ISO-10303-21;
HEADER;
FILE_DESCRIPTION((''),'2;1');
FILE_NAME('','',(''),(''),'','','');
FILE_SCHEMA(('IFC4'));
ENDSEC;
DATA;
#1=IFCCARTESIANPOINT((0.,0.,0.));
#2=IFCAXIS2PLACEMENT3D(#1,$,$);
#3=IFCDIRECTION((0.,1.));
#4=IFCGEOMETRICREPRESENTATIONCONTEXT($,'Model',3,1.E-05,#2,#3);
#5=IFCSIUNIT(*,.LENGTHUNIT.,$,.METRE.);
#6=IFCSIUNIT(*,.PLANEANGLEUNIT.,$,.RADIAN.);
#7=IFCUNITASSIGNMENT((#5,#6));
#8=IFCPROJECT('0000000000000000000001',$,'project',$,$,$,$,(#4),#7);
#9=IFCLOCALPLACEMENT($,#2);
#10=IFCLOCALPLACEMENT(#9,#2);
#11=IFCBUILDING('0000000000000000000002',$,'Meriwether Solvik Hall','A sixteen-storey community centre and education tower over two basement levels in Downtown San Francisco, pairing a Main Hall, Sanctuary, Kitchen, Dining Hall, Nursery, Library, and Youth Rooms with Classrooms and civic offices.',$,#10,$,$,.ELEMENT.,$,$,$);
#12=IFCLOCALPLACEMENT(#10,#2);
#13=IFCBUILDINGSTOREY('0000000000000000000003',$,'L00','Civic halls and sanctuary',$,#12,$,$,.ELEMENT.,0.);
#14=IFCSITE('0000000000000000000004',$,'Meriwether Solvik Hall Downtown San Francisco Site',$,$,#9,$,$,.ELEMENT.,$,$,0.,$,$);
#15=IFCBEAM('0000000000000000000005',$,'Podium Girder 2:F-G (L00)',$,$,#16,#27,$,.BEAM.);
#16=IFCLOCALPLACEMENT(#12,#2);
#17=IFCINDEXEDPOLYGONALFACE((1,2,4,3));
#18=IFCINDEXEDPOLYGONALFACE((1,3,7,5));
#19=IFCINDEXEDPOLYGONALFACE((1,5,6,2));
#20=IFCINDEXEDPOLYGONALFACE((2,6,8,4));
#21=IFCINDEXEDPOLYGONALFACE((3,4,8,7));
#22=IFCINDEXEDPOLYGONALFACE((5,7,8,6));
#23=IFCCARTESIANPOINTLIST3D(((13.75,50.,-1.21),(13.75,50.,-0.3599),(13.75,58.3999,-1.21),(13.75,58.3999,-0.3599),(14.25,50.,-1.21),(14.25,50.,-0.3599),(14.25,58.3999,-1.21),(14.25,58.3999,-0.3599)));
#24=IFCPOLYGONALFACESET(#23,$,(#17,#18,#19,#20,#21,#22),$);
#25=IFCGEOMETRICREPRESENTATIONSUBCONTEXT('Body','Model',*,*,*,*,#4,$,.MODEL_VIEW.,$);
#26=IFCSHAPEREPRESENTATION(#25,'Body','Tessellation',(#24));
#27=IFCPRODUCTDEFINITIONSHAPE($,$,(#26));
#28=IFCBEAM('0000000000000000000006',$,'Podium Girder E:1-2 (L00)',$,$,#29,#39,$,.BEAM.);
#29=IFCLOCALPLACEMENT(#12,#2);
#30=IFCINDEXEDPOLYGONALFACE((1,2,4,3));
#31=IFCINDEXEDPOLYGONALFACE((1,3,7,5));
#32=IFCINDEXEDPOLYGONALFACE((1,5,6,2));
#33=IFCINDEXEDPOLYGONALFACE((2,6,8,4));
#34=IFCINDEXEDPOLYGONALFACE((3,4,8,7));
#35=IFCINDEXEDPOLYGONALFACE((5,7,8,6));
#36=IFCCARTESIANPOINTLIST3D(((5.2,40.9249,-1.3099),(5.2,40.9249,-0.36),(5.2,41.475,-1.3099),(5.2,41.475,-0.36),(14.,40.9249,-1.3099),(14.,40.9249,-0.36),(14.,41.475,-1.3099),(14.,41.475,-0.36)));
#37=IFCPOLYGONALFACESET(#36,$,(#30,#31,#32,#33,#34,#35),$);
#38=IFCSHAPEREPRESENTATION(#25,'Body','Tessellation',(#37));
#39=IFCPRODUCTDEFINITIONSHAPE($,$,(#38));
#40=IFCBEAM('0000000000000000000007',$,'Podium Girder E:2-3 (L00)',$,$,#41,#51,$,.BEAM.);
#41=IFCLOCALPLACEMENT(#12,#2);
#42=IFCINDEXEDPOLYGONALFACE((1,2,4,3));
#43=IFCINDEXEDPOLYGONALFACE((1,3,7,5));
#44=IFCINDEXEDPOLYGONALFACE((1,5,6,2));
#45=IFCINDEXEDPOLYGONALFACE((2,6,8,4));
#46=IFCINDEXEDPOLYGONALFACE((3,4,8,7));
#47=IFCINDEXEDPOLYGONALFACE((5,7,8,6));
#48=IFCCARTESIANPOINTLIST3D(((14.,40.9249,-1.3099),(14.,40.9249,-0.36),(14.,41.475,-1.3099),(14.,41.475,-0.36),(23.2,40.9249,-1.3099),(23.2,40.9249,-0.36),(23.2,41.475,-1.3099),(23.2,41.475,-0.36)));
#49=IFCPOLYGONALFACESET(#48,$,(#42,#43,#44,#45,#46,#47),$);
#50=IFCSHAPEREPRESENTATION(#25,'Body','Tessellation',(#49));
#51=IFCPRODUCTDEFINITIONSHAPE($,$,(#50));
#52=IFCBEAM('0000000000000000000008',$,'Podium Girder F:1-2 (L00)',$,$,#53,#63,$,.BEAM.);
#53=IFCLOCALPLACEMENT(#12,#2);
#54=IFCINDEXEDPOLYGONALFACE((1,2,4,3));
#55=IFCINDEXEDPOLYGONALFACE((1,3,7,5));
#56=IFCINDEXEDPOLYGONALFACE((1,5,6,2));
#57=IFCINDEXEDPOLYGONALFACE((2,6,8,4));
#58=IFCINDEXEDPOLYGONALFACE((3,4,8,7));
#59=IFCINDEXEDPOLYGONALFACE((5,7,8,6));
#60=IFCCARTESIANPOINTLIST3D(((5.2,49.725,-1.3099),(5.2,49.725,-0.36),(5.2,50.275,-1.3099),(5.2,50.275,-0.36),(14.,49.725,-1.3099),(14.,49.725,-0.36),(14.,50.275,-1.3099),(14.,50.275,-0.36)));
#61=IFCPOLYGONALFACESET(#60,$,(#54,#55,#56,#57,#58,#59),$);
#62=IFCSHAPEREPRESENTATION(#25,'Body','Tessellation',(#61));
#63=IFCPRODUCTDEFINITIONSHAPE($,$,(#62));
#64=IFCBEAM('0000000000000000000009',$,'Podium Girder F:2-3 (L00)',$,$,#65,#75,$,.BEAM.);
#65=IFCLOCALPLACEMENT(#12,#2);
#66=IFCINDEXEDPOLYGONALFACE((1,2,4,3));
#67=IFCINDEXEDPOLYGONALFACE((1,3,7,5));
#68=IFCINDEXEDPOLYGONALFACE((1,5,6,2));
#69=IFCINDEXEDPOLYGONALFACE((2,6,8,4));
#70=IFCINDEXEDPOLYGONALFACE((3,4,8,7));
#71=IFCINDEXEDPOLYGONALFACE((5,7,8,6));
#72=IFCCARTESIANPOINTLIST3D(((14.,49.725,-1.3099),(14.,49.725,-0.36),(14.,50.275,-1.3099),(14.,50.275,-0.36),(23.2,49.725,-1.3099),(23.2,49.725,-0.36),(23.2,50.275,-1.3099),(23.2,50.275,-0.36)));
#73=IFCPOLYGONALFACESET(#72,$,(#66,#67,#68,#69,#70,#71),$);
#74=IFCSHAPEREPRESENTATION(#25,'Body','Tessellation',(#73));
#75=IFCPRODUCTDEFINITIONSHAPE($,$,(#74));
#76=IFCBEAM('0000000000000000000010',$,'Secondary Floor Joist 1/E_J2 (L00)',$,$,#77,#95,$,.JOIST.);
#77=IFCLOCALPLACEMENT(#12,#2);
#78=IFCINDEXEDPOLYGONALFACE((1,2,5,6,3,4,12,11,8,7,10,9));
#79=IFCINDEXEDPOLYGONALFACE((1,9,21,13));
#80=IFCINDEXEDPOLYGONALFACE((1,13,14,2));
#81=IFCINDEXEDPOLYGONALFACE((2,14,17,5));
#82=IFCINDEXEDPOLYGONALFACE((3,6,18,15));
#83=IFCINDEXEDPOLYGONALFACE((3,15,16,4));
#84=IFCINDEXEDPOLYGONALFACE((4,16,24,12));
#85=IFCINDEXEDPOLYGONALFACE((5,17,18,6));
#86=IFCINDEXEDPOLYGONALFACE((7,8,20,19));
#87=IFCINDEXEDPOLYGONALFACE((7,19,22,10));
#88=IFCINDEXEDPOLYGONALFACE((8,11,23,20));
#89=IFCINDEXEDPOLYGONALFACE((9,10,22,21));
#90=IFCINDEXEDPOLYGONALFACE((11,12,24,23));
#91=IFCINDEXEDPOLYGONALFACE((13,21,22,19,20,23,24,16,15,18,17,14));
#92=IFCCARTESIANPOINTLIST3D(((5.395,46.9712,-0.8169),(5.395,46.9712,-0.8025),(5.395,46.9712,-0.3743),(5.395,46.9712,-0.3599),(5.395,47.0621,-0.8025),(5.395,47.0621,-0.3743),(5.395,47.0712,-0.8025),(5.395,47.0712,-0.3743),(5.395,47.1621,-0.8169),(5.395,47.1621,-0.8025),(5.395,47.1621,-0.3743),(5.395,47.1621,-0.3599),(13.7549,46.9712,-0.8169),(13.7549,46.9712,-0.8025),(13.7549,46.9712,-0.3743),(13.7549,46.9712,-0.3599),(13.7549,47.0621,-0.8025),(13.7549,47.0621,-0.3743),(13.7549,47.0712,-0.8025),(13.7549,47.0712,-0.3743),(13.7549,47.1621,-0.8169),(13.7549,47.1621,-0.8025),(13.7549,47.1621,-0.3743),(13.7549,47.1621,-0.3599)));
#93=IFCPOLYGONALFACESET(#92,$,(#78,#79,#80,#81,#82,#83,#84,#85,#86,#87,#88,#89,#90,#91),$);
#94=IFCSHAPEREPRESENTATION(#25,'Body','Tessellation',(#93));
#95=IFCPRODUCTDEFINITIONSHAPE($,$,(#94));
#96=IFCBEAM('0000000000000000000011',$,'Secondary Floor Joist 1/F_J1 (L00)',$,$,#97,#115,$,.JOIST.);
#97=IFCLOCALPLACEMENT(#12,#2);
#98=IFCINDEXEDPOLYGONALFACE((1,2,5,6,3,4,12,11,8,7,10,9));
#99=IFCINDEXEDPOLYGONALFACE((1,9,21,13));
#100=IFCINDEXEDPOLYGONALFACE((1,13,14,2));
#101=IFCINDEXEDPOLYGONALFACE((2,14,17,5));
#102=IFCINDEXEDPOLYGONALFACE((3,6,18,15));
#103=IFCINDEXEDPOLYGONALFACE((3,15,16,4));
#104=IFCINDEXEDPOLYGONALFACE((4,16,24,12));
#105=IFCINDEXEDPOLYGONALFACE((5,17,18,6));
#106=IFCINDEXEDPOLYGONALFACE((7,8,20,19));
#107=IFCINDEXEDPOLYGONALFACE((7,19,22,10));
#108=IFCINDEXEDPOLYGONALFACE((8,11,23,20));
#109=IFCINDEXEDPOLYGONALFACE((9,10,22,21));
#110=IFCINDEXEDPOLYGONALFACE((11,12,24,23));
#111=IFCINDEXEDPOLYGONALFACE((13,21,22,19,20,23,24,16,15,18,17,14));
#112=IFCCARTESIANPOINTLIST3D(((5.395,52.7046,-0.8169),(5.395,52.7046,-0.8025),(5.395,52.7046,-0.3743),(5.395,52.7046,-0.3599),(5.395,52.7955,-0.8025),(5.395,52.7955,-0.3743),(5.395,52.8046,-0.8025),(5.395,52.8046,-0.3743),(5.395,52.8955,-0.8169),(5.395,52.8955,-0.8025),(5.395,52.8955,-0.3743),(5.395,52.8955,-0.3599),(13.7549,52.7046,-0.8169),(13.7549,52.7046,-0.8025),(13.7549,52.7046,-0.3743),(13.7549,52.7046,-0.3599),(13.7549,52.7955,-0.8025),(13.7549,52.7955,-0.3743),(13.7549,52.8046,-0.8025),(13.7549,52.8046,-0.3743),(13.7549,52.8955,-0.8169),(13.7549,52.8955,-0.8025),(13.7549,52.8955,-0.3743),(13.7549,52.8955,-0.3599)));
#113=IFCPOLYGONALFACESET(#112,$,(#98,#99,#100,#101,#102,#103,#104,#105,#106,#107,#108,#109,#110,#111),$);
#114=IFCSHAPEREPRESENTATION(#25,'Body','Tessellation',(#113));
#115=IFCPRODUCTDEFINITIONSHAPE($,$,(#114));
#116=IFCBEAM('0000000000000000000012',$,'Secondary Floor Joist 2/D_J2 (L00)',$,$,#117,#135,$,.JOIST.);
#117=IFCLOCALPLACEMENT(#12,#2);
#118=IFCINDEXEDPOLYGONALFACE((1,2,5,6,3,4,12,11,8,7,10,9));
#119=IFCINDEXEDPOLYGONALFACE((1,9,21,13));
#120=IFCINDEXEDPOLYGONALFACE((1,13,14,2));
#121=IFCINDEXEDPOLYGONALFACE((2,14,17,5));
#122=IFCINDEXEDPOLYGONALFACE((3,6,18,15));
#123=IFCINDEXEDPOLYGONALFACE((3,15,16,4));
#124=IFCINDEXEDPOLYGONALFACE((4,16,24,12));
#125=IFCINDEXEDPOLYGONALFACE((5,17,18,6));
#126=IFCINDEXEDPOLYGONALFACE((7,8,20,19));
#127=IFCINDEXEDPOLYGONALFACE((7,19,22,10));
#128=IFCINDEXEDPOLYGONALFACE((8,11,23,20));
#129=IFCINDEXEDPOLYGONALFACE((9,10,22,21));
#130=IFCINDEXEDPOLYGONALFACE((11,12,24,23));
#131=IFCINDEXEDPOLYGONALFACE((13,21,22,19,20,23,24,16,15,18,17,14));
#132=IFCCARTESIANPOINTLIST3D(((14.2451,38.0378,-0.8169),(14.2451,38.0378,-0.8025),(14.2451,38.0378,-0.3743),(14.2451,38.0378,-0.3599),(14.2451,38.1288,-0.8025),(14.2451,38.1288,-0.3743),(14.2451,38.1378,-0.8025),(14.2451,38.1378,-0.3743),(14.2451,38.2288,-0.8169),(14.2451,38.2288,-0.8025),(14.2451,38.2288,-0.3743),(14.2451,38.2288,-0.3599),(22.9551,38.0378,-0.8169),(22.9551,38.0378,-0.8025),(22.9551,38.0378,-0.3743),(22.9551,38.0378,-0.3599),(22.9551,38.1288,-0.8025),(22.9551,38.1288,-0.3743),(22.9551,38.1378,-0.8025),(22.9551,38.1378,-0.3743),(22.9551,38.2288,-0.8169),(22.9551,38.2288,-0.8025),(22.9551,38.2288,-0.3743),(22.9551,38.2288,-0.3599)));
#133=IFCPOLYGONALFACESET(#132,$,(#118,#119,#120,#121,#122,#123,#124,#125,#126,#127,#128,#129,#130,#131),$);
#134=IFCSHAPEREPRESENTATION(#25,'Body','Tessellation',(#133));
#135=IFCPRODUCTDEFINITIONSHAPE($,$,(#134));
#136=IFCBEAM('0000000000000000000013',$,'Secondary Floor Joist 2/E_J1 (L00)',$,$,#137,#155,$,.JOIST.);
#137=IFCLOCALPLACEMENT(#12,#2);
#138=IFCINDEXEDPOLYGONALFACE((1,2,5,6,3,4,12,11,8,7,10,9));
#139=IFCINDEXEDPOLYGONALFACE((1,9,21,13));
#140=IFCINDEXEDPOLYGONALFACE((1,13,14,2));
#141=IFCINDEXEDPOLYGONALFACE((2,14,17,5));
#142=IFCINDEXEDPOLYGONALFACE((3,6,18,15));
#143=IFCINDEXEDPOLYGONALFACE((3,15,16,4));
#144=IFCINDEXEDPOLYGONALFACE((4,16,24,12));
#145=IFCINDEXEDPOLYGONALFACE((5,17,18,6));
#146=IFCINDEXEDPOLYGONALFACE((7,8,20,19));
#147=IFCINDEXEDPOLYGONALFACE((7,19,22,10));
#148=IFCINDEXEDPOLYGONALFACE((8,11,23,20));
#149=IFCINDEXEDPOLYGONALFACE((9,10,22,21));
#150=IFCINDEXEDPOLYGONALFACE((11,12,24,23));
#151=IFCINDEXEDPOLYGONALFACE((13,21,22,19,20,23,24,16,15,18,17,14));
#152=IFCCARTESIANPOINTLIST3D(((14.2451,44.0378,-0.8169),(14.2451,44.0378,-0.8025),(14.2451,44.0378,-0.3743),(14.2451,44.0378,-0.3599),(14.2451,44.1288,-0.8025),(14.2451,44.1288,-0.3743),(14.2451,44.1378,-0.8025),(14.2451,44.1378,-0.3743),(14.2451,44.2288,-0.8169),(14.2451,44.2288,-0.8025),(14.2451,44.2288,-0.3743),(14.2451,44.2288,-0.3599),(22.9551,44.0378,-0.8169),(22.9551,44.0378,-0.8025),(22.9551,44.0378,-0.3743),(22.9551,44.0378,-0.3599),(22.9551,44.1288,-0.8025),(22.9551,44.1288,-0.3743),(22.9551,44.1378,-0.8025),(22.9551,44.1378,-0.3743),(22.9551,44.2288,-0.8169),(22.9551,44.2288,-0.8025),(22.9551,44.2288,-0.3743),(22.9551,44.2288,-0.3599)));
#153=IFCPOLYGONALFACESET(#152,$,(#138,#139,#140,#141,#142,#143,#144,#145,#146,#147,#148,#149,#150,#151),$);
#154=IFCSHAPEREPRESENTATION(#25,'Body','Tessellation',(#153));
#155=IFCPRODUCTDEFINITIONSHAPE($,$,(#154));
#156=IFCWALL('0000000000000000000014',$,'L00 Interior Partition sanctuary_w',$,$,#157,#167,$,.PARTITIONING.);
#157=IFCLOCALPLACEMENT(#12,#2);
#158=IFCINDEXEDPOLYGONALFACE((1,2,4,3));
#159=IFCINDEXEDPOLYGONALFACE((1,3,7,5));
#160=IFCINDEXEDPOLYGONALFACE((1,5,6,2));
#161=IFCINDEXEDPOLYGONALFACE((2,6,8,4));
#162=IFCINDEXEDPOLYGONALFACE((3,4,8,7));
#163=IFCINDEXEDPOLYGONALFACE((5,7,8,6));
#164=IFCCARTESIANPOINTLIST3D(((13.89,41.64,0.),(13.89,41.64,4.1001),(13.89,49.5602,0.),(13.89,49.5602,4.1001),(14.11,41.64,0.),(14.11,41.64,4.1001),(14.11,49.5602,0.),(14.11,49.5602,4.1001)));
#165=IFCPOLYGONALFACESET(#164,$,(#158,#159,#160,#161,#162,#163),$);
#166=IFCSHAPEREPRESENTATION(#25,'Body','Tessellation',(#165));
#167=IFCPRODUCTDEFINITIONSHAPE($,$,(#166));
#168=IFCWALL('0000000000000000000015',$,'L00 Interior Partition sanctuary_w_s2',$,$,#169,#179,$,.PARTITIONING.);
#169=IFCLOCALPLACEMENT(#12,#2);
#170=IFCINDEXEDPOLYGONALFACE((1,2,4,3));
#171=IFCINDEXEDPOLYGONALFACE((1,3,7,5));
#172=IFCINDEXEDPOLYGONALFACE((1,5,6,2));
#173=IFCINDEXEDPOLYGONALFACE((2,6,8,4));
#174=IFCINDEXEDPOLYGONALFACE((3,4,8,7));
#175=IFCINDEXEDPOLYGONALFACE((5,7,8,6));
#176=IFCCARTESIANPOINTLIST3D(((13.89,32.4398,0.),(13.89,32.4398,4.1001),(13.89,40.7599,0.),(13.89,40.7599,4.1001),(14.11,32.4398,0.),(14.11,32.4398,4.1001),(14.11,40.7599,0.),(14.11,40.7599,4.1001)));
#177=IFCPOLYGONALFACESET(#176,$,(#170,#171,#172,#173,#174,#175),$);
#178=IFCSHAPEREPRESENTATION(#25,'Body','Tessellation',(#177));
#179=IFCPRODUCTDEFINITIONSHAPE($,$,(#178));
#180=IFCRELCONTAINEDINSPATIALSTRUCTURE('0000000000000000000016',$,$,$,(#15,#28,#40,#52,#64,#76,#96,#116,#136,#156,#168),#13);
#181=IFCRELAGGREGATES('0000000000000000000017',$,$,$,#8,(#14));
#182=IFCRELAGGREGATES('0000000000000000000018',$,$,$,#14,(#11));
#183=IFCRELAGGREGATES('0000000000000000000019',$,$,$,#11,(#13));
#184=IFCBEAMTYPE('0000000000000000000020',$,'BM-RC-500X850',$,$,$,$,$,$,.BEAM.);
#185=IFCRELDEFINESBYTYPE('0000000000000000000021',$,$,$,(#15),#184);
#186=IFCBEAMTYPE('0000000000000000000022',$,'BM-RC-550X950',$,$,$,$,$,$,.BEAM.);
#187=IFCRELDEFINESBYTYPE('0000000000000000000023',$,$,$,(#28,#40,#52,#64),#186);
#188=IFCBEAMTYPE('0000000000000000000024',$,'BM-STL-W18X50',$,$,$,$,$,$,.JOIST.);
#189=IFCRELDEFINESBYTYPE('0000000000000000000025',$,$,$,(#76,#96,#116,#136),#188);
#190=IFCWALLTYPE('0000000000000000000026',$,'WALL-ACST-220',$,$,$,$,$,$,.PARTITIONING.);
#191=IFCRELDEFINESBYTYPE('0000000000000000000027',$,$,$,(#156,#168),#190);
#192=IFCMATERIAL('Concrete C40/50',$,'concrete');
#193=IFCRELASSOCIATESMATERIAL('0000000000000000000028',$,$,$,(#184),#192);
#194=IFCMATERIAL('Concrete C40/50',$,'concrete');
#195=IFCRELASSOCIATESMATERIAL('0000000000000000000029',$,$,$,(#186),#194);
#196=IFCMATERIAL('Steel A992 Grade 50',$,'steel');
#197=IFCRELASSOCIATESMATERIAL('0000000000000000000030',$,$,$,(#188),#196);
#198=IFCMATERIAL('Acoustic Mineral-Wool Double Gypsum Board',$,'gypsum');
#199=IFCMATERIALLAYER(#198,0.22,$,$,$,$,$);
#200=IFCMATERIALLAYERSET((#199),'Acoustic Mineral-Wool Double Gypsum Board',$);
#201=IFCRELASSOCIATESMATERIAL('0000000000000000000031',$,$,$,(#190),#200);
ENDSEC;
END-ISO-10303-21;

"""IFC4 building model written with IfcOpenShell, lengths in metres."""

from ifc_helpers import new_model, si_unit, direction, frame, frame_2d, origin, origin_2d, place, context, subcontext, project, spatial, rectangle, i_section, extrude, material, layer, layer_set, material_profile, profile_set, type_object, element, save


model = new_model("IFC4")

# Units and contexts
model_context = context("Model", 3, precision=1e-05, world=origin(), true_north=direction((0.0, 1.0)))
body_context = subcontext(model_context, "Body", "Model", "MODEL_VIEW")
ifc_project = project(units=[si_unit("LENGTHUNIT", "METRE"), si_unit("PLANEANGLEUNIT", "RADIAN")], contexts=[model_context])

# Site, building, storey
site_placement = place(None, origin())
site = spatial("IfcSite", under=ifc_project, at=site_placement, Name="Meriwether Solvik Hall Downtown San Francisco Site", CompositionType="ELEMENT", RefElevation=0.0)
building_placement = place(site_placement, origin())
building = spatial("IfcBuilding", under=site, at=building_placement, Name="Meriwether Solvik Hall", Description="A sixteen-storey community centre and education tower over two basement levels in Downtown San Francisco, pairing a Main Hall, Sanctuary, Kitchen, Dining Hall, Nursery, Library, and Youth Rooms with Classrooms and civic offices.", CompositionType="ELEMENT")
storey_placement = place(building_placement, origin())
storey = spatial("IfcBuildingStorey", under=building, at=storey_placement, Name="L00", Description="Civic halls and sanctuary", CompositionType="ELEMENT", Elevation=0.0)

# Beams
ifc_material_1 = material(Name="Concrete C40/50", Category="concrete")
ifc_material_profile_1 = material_profile(ifc_material_1, rectangle(XDim=0.5, YDim=0.8501, at=origin_2d()), Name="RCB-500X850")
ifc_profile_set_1 = profile_set([ifc_material_profile_1], Name="Concrete C40/50")
beam_type_1 = type_object("IfcBeamType", Name="BM-RC-500X850", PredefinedType="BEAM", material=ifc_profile_set_1)
beam_1_placement = place(storey_placement, frame((14.0, 50.0, -0.7849), z_axis=(0.0, 1.0, 0.0), x_axis=(-1.0, 0.0, 0.0)))
element("IfcBeam", 1, at=beam_1_placement, inside=storey, type_object=beam_type_1, Name="Podium Girder 2:F-G (L00)", PredefinedType="BEAM", context=body_context, shape_type="SweptSolid", body=[
    extrude(rectangle(XDim=0.5, YDim=0.8501, at=origin_2d()), origin(), (0.0, 0.0, 1.0), 8.3999),
])
ifc_material_2 = material(Name="Concrete C40/50", Category="concrete")
ifc_material_profile_2 = material_profile(ifc_material_2, rectangle(XDim=0.55, YDim=0.95, at=origin_2d()), Name="RCB-550X950")
ifc_profile_set_2 = profile_set([ifc_material_profile_2], Name="Concrete C40/50")
beam_type_2 = type_object("IfcBeamType", Name="BM-RC-550X950", PredefinedType="BEAM", material=ifc_profile_set_2)
beam_2_placement = place(storey_placement, frame((5.2, 41.2, -0.835), z_axis=(1.0, 0.0, 0.0), x_axis=(0.0, 1.0, 0.0)))
element("IfcBeam", 2, at=beam_2_placement, inside=storey, type_object=beam_type_2, Name="Podium Girder E:1-2 (L00)", PredefinedType="BEAM", context=body_context, shape_type="SweptSolid", body=[
    extrude(rectangle(XDim=0.55, YDim=0.95, at=origin_2d()), origin(), (0.0, 0.0, 1.0), 8.8),
])
beam_3_placement = place(storey_placement, frame((14.0, 41.2, -0.835), z_axis=(1.0, 0.0, 0.0), x_axis=(0.0, 1.0, 0.0)))
element("IfcBeam", 3, at=beam_3_placement, inside=storey, type_object=beam_type_2, Name="Podium Girder E:2-3 (L00)", PredefinedType="BEAM", context=body_context, shape_type="SweptSolid", body=[
    extrude(rectangle(XDim=0.55, YDim=0.95, at=origin_2d()), origin(), (0.0, 0.0, 1.0), 9.2),
])
beam_4_placement = place(storey_placement, frame((5.2, 50.0, -0.835), z_axis=(1.0, 0.0, 0.0), x_axis=(0.0, 1.0, 0.0)))
element("IfcBeam", 4, at=beam_4_placement, inside=storey, type_object=beam_type_2, Name="Podium Girder F:1-2 (L00)", PredefinedType="BEAM", context=body_context, shape_type="SweptSolid", body=[
    extrude(rectangle(XDim=0.55, YDim=0.95, at=origin_2d()), origin(), (0.0, 0.0, 1.0), 8.8),
])
beam_5_placement = place(storey_placement, frame((14.0, 50.0, -0.835), z_axis=(1.0, 0.0, 0.0), x_axis=(0.0, 1.0, 0.0)))
element("IfcBeam", 5, at=beam_5_placement, inside=storey, type_object=beam_type_2, Name="Podium Girder F:2-3 (L00)", PredefinedType="BEAM", context=body_context, shape_type="SweptSolid", body=[
    extrude(rectangle(XDim=0.55, YDim=0.95, at=origin_2d()), origin(), (0.0, 0.0, 1.0), 9.2),
])
ifc_material_3 = material(Name="Steel A992 Grade 50", Category="steel")
ifc_material_profile_3 = material_profile(ifc_material_3, i_section(OverallWidth=0.1909, OverallDepth=0.457, WebThickness=0.009, FlangeThickness=0.0144, at=origin_2d()), Name="W18X50")
ifc_profile_set_3 = profile_set([ifc_material_profile_3], Name="Steel A992 Grade 50")
beam_type_3 = type_object("IfcBeamType", Name="BM-STL-W18X50", PredefinedType="JOIST", material=ifc_profile_set_3)
for number, where, z_axis, x_axis, name in (
    (6, (5.395, 47.0667, -0.5884), (1.0, 0.0, 0.0), (0.0, 1.0, 0.0), "Secondary Floor Joist 1/E_J2 (L00)"),
    (7, (5.395, 52.8, -0.5884), (1.0, 0.0, 0.0), (0.0, 1.0, 0.0), "Secondary Floor Joist 1/F_J1 (L00)"),
):
    element("IfcBeam", number, at=place(storey_placement, frame(where, z_axis=z_axis, x_axis=x_axis)), inside=storey, type_object=beam_type_3, Name=name, PredefinedType="JOIST", context=body_context, shape_type="SweptSolid", body=[
        extrude(i_section(OverallWidth=0.1909, OverallDepth=0.457, WebThickness=0.009, FlangeThickness=0.0144, at=origin_2d()), origin(), (0.0, 0.0, 1.0), 8.3599),
    ])
for number, where, z_axis, x_axis, name in (
    (8, (14.2451, 38.1333, -0.5884), (1.0, 0.0, 0.0), (0.0, 1.0, 0.0), "Secondary Floor Joist 2/D_J2 (L00)"),
    (9, (14.2451, 44.1333, -0.5884), (1.0, 0.0, 0.0), (0.0, 1.0, 0.0), "Secondary Floor Joist 2/E_J1 (L00)"),
):
    element("IfcBeam", number, at=place(storey_placement, frame(where, z_axis=z_axis, x_axis=x_axis)), inside=storey, type_object=beam_type_3, Name=name, PredefinedType="JOIST", context=body_context, shape_type="SweptSolid", body=[
        extrude(i_section(OverallWidth=0.1909, OverallDepth=0.457, WebThickness=0.009, FlangeThickness=0.0144, at=origin_2d()), origin(), (0.0, 0.0, 1.0), 8.71),
    ])

# Walls
ifc_material_4 = material(Name="Acoustic Mineral-Wool Double Gypsum Board", Category="gypsum")
ifc_layer_1 = layer(ifc_material_4, 0.22)
ifc_layer_set_1 = layer_set([ifc_layer_1], Name="Acoustic Mineral-Wool Double Gypsum Board")
wall_type_1 = type_object("IfcWallType", Name="WALL-ACST-220", PredefinedType="PARTITIONING", material=ifc_layer_set_1)
wall_1_placement = place(storey_placement, frame((14.0, 49.5601, 0.0), z_axis=(0.0, 0.0, 1.0), x_axis=(0.0, -1.0, 0.0)))
element("IfcWall", 10, at=wall_1_placement, inside=storey, type_object=wall_type_1, Name="L00 Interior Partition sanctuary_w", PredefinedType="PARTITIONING", context=body_context, shape_type="SweptSolid", body=[
    extrude(rectangle(XDim=7.9202, YDim=0.22, at=frame_2d((3.96, 0.0))), origin(), (0.0, 0.0, 1.0), 4.1001),
])
wall_2_placement = place(storey_placement, frame((14.0, 40.76, 0.0), z_axis=(0.0, 0.0, 1.0), x_axis=(0.0, -1.0, 0.0)))
element("IfcWall", 11, at=wall_2_placement, inside=storey, type_object=wall_type_1, Name="L00 Interior Partition sanctuary_w_s2", PredefinedType="PARTITIONING", context=body_context, shape_type="SweptSolid", body=[
    extrude(rectangle(XDim=8.3201, YDim=0.22, at=frame_2d((4.1602, 0.0))), origin(), (0.0, 0.0, 1.0), 4.1001),
])

save(model, "model.ifc")
